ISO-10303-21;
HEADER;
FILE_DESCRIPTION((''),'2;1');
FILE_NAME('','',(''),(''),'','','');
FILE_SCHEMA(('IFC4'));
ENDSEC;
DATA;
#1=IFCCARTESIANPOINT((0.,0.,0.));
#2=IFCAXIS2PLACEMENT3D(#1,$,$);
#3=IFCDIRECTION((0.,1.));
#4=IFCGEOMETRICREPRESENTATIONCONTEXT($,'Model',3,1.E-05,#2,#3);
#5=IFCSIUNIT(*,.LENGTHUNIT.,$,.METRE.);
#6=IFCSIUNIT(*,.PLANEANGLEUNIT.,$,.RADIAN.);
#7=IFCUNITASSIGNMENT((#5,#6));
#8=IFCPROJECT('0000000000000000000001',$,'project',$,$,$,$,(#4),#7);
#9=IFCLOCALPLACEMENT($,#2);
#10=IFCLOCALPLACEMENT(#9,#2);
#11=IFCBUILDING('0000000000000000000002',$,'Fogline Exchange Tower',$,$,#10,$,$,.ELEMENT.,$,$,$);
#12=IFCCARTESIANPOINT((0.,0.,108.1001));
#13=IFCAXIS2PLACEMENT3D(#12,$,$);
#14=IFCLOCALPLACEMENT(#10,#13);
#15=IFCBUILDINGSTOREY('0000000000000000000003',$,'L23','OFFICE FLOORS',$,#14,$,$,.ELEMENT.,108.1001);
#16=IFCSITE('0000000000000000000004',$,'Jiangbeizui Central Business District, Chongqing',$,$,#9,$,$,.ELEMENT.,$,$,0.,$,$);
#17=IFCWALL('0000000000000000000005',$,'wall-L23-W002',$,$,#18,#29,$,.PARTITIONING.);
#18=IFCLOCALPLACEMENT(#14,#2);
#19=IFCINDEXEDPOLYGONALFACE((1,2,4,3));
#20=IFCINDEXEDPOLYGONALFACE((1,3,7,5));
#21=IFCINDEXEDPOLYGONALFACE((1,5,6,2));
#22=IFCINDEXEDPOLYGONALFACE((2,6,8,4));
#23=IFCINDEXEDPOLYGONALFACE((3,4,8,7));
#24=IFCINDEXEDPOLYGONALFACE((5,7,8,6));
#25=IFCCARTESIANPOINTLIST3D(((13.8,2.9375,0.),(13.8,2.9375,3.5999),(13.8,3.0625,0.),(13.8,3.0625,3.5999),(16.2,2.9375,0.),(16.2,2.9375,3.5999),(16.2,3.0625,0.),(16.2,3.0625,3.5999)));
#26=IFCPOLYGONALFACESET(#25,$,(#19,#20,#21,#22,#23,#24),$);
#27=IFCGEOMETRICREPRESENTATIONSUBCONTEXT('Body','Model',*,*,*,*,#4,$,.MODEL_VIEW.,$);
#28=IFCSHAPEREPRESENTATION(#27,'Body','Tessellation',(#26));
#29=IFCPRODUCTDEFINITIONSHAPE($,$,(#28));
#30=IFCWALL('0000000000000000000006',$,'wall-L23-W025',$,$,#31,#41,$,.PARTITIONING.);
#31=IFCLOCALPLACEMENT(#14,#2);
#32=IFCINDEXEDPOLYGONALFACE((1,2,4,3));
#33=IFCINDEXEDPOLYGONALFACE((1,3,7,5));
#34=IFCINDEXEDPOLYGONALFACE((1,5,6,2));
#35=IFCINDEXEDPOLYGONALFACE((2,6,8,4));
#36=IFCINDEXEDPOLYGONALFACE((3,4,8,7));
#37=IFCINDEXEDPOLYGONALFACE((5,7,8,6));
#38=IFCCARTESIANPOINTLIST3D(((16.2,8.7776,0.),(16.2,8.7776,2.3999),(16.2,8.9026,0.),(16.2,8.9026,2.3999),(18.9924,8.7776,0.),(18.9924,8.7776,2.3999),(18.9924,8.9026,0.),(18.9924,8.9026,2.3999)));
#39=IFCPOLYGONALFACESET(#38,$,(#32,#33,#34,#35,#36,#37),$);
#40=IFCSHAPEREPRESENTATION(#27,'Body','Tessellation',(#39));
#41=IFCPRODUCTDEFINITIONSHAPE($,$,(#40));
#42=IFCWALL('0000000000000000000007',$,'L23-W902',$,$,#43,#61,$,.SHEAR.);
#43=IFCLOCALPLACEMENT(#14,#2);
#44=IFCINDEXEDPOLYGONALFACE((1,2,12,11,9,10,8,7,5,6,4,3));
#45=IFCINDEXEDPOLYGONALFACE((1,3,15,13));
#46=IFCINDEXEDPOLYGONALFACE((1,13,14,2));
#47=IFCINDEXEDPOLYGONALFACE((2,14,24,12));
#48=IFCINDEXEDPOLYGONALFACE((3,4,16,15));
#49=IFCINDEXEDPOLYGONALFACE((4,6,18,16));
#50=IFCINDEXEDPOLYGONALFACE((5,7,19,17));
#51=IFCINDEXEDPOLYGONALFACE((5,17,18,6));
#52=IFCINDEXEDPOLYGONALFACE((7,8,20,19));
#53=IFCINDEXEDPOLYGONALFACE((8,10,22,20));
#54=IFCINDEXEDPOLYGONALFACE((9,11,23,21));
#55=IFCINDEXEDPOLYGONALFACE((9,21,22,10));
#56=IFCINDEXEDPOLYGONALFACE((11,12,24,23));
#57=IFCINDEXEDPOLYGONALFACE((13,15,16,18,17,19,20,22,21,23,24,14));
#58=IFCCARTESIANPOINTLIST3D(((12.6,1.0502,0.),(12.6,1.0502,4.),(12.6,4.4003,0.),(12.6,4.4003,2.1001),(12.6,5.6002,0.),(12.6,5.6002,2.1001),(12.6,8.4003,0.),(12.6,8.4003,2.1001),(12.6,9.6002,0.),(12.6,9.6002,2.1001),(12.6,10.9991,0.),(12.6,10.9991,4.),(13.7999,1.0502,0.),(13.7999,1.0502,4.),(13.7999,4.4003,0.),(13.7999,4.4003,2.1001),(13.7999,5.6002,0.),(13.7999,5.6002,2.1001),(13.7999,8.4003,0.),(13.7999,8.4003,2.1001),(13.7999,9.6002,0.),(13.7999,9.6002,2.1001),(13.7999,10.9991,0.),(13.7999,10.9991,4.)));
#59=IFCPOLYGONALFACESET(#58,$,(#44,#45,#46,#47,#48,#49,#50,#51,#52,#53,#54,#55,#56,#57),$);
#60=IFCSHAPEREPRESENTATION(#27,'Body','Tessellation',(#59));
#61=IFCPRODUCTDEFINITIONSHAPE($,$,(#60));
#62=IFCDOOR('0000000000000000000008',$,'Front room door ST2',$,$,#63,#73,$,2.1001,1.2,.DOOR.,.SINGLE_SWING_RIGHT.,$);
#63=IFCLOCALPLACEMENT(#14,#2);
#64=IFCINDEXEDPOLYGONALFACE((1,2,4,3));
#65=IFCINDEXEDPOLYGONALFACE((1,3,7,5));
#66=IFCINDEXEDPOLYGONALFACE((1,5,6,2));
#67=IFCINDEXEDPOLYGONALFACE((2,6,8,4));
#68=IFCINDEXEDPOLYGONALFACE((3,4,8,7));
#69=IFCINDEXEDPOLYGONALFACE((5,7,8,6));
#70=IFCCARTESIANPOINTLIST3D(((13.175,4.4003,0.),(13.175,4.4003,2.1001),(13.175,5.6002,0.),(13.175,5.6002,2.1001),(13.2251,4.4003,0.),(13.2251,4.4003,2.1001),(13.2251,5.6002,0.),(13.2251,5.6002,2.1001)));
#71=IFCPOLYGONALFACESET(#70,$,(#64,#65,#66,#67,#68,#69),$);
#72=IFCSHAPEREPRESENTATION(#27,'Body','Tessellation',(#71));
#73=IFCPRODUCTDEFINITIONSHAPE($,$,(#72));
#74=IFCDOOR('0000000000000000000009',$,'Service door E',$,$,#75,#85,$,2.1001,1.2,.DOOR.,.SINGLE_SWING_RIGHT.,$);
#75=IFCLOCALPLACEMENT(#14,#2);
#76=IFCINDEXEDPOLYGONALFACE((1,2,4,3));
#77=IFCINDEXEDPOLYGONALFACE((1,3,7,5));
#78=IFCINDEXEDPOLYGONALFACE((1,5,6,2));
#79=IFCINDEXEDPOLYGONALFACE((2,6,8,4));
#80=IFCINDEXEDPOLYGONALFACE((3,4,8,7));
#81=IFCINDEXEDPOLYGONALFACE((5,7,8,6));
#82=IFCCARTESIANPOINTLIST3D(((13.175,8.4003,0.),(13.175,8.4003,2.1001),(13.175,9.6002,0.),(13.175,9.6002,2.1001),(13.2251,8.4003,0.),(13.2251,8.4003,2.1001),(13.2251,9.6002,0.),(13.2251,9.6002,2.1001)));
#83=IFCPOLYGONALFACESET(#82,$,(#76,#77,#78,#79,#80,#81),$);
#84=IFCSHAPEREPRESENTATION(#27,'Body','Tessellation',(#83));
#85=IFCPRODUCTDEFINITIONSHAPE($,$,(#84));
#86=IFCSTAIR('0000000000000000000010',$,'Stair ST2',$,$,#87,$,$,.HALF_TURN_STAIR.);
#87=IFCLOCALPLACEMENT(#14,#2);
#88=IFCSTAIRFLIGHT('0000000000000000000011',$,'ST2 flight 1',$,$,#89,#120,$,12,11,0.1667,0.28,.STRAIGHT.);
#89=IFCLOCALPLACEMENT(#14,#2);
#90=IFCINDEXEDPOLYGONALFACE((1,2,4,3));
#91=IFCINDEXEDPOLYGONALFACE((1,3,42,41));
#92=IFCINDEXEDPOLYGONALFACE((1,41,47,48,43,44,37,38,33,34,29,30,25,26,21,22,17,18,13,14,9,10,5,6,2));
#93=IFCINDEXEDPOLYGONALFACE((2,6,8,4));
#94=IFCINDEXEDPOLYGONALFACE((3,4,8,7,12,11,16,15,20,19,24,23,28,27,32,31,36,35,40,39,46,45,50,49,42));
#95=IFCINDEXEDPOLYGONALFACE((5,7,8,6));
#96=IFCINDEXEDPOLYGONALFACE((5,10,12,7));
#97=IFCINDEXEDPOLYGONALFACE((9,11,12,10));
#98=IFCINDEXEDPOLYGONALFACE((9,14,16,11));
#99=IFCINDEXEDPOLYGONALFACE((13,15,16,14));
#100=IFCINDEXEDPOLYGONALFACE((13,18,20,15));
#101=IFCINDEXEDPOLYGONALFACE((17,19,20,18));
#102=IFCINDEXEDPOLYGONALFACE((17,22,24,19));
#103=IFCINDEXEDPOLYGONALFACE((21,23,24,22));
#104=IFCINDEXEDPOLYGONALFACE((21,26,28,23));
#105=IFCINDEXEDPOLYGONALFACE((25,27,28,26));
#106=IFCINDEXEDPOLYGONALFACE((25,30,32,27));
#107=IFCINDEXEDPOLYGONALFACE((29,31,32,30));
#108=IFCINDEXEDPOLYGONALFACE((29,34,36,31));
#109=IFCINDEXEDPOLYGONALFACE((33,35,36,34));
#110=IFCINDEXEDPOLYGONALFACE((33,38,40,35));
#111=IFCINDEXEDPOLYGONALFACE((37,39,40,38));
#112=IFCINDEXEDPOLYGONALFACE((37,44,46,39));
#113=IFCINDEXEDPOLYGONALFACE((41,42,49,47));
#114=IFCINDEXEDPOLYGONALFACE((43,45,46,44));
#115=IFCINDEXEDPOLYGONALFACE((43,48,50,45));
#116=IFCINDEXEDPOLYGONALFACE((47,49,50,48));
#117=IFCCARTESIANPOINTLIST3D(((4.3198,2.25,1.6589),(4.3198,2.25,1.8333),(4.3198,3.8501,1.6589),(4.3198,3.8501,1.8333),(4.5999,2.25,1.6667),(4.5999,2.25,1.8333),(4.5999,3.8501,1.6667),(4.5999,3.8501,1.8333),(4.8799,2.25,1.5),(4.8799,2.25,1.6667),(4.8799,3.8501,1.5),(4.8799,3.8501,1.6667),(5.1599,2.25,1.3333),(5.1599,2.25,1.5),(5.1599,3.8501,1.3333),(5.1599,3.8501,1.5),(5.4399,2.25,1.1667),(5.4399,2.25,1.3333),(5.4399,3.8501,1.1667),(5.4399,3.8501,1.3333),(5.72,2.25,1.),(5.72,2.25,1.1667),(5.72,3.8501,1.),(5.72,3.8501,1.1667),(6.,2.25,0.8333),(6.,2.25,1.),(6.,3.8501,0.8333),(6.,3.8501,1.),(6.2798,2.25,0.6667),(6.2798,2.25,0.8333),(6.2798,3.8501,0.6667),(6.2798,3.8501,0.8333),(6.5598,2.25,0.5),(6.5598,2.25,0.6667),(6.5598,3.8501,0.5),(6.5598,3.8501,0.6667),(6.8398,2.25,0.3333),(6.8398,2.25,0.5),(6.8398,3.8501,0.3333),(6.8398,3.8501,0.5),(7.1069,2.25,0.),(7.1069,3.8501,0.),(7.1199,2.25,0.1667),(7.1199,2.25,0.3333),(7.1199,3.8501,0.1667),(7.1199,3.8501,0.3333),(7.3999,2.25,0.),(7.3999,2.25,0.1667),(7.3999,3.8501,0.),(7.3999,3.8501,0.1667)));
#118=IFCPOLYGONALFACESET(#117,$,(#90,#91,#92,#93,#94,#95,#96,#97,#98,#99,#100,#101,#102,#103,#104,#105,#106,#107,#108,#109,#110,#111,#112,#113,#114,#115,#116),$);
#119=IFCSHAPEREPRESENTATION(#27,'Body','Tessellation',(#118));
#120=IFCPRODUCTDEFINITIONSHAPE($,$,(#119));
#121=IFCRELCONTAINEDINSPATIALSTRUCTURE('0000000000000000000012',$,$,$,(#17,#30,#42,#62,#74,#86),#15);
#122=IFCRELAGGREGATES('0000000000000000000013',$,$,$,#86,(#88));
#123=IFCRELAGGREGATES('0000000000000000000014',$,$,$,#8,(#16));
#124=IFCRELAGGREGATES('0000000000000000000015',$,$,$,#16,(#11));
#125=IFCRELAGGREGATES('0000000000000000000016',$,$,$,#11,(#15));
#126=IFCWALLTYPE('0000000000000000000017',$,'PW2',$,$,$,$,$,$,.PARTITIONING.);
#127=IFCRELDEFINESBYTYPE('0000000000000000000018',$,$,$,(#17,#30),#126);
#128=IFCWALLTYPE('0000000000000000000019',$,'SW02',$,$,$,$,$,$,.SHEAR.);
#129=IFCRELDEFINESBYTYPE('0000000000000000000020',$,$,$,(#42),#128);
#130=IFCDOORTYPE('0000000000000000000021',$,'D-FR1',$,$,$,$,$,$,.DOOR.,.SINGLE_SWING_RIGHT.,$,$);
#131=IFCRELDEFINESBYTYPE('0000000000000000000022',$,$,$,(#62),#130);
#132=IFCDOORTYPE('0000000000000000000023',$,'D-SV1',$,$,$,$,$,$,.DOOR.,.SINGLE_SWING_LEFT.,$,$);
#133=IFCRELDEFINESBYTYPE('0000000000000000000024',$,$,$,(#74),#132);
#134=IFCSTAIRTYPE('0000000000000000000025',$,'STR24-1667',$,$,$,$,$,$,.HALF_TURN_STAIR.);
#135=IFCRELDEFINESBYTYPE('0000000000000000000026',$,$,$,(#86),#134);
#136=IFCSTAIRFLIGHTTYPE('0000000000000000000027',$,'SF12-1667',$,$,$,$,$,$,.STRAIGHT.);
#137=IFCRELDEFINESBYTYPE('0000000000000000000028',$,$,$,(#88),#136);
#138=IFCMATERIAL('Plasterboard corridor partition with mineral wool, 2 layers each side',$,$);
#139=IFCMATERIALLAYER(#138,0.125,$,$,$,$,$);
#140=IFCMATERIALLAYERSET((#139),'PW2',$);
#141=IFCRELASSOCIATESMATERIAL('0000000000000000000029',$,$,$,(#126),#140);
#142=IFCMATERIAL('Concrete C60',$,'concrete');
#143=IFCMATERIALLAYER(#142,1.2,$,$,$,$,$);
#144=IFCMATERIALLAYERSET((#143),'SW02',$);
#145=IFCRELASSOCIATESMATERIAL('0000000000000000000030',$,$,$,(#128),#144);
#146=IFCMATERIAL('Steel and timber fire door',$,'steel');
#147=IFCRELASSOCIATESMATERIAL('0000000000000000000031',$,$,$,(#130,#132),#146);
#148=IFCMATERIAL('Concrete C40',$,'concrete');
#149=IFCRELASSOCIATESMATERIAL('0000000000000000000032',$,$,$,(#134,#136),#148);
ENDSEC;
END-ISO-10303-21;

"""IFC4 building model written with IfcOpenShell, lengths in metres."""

from ifc_helpers import new_model, si_unit, direction, frame, frame_2d, origin, place, context, subcontext, project, spatial, polyline, rectangle, outline, extrude, material, layer, layer_set, type_object, element, fill, aggregate, save


model = new_model("IFC4")

# Units and contexts
model_context = context("Model", 3, precision=1e-05, world=origin(), true_north=direction((0.0, 1.0)))
body_context = subcontext(model_context, "Body", "Model", "MODEL_VIEW")
ifc_project = project(units=[si_unit("LENGTHUNIT", "METRE"), si_unit("PLANEANGLEUNIT", "RADIAN")], contexts=[model_context])

# Site, building, storey
site_placement = place(None, origin())
site = spatial("IfcSite", under=ifc_project, at=site_placement, Name="Jiangbeizui Central Business District, Chongqing", CompositionType="ELEMENT", RefElevation=0.0)
building_placement = place(site_placement, origin())
building = spatial("IfcBuilding", under=site, at=building_placement, Name="Fogline Exchange Tower", CompositionType="ELEMENT")
storey_placement = place(building_placement, frame((0.0, 0.0, 108.1001)))
storey = spatial("IfcBuildingStorey", under=building, at=storey_placement, Name="L23", Description="OFFICE FLOORS", CompositionType="ELEMENT", Elevation=108.1001)

# Shared definitions
ifc_material_1 = material(Name="Concrete C40", Category="concrete")

# Shared definitions
ifc_material_2 = material(Name="Steel and timber fire door", Category="steel")

# Shared definitions
ifc_material_3 = material(Name="Plasterboard corridor partition with mineral wool, 2 layers each side")
ifc_layer_1 = layer(ifc_material_3, 0.125)
ifc_layer_set_1 = layer_set([ifc_layer_1], Name="PW2")
wall_type_1 = type_object("IfcWallType", Name="PW2", PredefinedType="PARTITIONING", material=ifc_layer_set_1)

# Walls
wall_1_placement = place(storey_placement, frame((16.2, 3.0, 0.0), z_axis=(0.0, 0.0, 1.0), x_axis=(-1.0, 0.0, 0.0)))
element("IfcWall", 1, at=wall_1_placement, inside=storey, type_object=wall_type_1, Name="wall-L23-W002", PredefinedType="PARTITIONING", context=body_context, shape_type="SweptSolid", body=[
    extrude(rectangle(XDim=2.3999, YDim=0.125, at=frame_2d((1.2, 0.0))), origin(), (0.0, 0.0, 1.0), 3.5999),
])
wall_2_placement = place(storey_placement, frame((18.9924, 8.8401, 0.0), z_axis=(0.0, 0.0, 1.0), x_axis=(-1.0, 0.0, 0.0)))
element("IfcWall", 2, at=wall_2_placement, inside=storey, type_object=wall_type_1, Name="wall-L23-W025", PredefinedType="PARTITIONING", context=body_context, shape_type="SweptSolid", body=[
    extrude(rectangle(XDim=2.7925, YDim=0.125, at=frame_2d((1.3962, 0.0))), origin(), (0.0, 0.0, 1.0), 2.3999),
])

# Wall, openings, doors
ifc_material_4 = material(Name="Concrete C60", Category="concrete")
ifc_layer_2 = layer(ifc_material_4, 1.2)
ifc_layer_set_2 = layer_set([ifc_layer_2], Name="SW02")
wall_type_2 = type_object("IfcWallType", Name="SW02", PredefinedType="SHEAR", material=ifc_layer_set_2)
wall_3_placement = place(storey_placement, frame((13.2, 1.05, 0.0), z_axis=(0.0, 0.0, 1.0), x_axis=(0.0, 1.0, 0.0)))
wall_3 = element("IfcWall", 3, at=wall_3_placement, inside=storey, type_object=wall_type_2, Name="L23-W902", PredefinedType="SHEAR", context=body_context, shape_type="SweptSolid", body=[
    extrude(rectangle(XDim=9.949, YDim=1.2, at=frame_2d((4.9746, 0.0))), origin(), (0.0, 0.0, 1.0), 4.0),
])
opening_1_placement = place(wall_3_placement, frame((3.3501, 0.0, 0.0)))
opening_1 = element("IfcOpeningElement", 4, at=opening_1_placement, cuts=wall_3, PredefinedType="OPENING", context=body_context, shape_type="SweptSolid", body=[
    extrude(rectangle(XDim=1.2, YDim=2.1001, at=frame_2d((0.6001, 1.05))), frame((0.0, 0.6099, 0.0), z_axis=(0.0, -1.0, 0.0), x_axis=(1.0, 0.0, 0.0)), (0.0, 0.0, 1.0), 1.22),
])
opening_2_placement = place(wall_3_placement, frame((7.3501, 0.0, 0.0)))
opening_2 = element("IfcOpeningElement", 5, at=opening_2_placement, cuts=wall_3, PredefinedType="OPENING", context=body_context, shape_type="SweptSolid", body=[
    extrude(rectangle(XDim=1.2, YDim=2.1001, at=frame_2d((0.6001, 1.05))), frame((0.0, 0.6099, 0.0), z_axis=(0.0, -1.0, 0.0), x_axis=(1.0, 0.0, 0.0)), (0.0, 0.0, 1.0), 1.22),
])
door_type_1 = type_object("IfcDoorType", Name="D-FR1", OperationType="SINGLE_SWING_RIGHT", PredefinedType="DOOR", material=ifc_material_2)
door_1_placement = place(opening_1_placement, origin())
door_1 = element("IfcDoor", 6, at=door_1_placement, inside=storey, type_object=door_type_1, Name="Front room door ST2", OperationType="SINGLE_SWING_RIGHT", OverallHeight=2.1001, OverallWidth=1.2, PredefinedType="DOOR", context=body_context, shape_type="SweptSolid", body=[
    extrude(rectangle(XDim=1.2, YDim=2.1001, at=frame_2d((0.6001, 1.05))), frame((0.0, 0.0249, 0.0), z_axis=(0.0, -1.0, 0.0), x_axis=(1.0, 0.0, 0.0)), (0.0, 0.0, 1.0), 0.05),
])
fill(opening_1, door_1)
door_type_2 = type_object("IfcDoorType", Name="D-SV1", OperationType="SINGLE_SWING_LEFT", PredefinedType="DOOR", material=ifc_material_2)
door_2_placement = place(opening_2_placement, origin())
door_2 = element("IfcDoor", 7, at=door_2_placement, inside=storey, type_object=door_type_2, Name="Service door E", OperationType="SINGLE_SWING_RIGHT", OverallHeight=2.1001, OverallWidth=1.2, PredefinedType="DOOR", context=body_context, shape_type="SweptSolid", body=[
    extrude(rectangle(XDim=1.2, YDim=2.1001, at=frame_2d((0.6001, 1.05))), frame((0.0, 0.0249, 0.0), z_axis=(0.0, -1.0, 0.0), x_axis=(1.0, 0.0, 0.0)), (0.0, 0.0, 1.0), 0.05),
])
fill(opening_2, door_2)

# Stair, stair flight
stair_type = type_object("IfcStairType", Name="STR24-1667", PredefinedType="HALF_TURN_STAIR", material=ifc_material_1)
stair_placement = place(storey_placement, origin())
stair = element("IfcStair", 8, at=stair_placement, inside=storey, type_object=stair_type, Name="Stair ST2", PredefinedType="HALF_TURN_STAIR")
stair_flight_type = type_object("IfcStairFlightType", Name="SF12-1667", PredefinedType="STRAIGHT", material=ifc_material_1)
stair_flight_placement = place(storey_placement, frame((7.3999, 3.05, 0.0), z_axis=(0.0, 0.0, 1.0), x_axis=(-1.0, 0.0, 0.0)))
stair_flight = element("IfcStairFlight", 9, at=stair_flight_placement, type_object=stair_flight_type, Name="ST2 flight 1", NumberOfRisers=12, NumberOfTreads=11, PredefinedType="STRAIGHT", RiserHeight=0.1667, TreadLength=0.28, context=body_context, shape_type="SweptSolid", body=[
    extrude(outline(polyline([(0.0, 0.0), (0.0, 0.1667), (0.28, 0.1667), (0.28, 0.3333), (0.5601, 0.3333), (0.5601, 0.5), (0.8401, 0.5), (0.8401, 0.6667), (1.1201, 0.6667), (1.1201, 0.8333), (1.3999, 0.8333), (1.3999, 1.0), (1.6799, 1.0), (1.6799, 1.1667), (1.96, 1.1667), (1.96, 1.3333), (2.24, 1.3333), (2.24, 1.5), (2.52, 1.5), (2.52, 1.6667), (2.8, 1.6667), (2.8, 1.8333), (3.0801, 1.8333), (3.0801, 2.0), (3.0801, 1.6589), (0.293, 0.0), (0.0, 0.0)])), frame((0.0, 0.8, 0.0), z_axis=(0.0, -1.0, 0.0), x_axis=(1.0, 0.0, 0.0)), (0.0, 0.0, 1.0), 1.6001),
])
aggregate(stair, [stair_flight])

save(model, "model.ifc")
